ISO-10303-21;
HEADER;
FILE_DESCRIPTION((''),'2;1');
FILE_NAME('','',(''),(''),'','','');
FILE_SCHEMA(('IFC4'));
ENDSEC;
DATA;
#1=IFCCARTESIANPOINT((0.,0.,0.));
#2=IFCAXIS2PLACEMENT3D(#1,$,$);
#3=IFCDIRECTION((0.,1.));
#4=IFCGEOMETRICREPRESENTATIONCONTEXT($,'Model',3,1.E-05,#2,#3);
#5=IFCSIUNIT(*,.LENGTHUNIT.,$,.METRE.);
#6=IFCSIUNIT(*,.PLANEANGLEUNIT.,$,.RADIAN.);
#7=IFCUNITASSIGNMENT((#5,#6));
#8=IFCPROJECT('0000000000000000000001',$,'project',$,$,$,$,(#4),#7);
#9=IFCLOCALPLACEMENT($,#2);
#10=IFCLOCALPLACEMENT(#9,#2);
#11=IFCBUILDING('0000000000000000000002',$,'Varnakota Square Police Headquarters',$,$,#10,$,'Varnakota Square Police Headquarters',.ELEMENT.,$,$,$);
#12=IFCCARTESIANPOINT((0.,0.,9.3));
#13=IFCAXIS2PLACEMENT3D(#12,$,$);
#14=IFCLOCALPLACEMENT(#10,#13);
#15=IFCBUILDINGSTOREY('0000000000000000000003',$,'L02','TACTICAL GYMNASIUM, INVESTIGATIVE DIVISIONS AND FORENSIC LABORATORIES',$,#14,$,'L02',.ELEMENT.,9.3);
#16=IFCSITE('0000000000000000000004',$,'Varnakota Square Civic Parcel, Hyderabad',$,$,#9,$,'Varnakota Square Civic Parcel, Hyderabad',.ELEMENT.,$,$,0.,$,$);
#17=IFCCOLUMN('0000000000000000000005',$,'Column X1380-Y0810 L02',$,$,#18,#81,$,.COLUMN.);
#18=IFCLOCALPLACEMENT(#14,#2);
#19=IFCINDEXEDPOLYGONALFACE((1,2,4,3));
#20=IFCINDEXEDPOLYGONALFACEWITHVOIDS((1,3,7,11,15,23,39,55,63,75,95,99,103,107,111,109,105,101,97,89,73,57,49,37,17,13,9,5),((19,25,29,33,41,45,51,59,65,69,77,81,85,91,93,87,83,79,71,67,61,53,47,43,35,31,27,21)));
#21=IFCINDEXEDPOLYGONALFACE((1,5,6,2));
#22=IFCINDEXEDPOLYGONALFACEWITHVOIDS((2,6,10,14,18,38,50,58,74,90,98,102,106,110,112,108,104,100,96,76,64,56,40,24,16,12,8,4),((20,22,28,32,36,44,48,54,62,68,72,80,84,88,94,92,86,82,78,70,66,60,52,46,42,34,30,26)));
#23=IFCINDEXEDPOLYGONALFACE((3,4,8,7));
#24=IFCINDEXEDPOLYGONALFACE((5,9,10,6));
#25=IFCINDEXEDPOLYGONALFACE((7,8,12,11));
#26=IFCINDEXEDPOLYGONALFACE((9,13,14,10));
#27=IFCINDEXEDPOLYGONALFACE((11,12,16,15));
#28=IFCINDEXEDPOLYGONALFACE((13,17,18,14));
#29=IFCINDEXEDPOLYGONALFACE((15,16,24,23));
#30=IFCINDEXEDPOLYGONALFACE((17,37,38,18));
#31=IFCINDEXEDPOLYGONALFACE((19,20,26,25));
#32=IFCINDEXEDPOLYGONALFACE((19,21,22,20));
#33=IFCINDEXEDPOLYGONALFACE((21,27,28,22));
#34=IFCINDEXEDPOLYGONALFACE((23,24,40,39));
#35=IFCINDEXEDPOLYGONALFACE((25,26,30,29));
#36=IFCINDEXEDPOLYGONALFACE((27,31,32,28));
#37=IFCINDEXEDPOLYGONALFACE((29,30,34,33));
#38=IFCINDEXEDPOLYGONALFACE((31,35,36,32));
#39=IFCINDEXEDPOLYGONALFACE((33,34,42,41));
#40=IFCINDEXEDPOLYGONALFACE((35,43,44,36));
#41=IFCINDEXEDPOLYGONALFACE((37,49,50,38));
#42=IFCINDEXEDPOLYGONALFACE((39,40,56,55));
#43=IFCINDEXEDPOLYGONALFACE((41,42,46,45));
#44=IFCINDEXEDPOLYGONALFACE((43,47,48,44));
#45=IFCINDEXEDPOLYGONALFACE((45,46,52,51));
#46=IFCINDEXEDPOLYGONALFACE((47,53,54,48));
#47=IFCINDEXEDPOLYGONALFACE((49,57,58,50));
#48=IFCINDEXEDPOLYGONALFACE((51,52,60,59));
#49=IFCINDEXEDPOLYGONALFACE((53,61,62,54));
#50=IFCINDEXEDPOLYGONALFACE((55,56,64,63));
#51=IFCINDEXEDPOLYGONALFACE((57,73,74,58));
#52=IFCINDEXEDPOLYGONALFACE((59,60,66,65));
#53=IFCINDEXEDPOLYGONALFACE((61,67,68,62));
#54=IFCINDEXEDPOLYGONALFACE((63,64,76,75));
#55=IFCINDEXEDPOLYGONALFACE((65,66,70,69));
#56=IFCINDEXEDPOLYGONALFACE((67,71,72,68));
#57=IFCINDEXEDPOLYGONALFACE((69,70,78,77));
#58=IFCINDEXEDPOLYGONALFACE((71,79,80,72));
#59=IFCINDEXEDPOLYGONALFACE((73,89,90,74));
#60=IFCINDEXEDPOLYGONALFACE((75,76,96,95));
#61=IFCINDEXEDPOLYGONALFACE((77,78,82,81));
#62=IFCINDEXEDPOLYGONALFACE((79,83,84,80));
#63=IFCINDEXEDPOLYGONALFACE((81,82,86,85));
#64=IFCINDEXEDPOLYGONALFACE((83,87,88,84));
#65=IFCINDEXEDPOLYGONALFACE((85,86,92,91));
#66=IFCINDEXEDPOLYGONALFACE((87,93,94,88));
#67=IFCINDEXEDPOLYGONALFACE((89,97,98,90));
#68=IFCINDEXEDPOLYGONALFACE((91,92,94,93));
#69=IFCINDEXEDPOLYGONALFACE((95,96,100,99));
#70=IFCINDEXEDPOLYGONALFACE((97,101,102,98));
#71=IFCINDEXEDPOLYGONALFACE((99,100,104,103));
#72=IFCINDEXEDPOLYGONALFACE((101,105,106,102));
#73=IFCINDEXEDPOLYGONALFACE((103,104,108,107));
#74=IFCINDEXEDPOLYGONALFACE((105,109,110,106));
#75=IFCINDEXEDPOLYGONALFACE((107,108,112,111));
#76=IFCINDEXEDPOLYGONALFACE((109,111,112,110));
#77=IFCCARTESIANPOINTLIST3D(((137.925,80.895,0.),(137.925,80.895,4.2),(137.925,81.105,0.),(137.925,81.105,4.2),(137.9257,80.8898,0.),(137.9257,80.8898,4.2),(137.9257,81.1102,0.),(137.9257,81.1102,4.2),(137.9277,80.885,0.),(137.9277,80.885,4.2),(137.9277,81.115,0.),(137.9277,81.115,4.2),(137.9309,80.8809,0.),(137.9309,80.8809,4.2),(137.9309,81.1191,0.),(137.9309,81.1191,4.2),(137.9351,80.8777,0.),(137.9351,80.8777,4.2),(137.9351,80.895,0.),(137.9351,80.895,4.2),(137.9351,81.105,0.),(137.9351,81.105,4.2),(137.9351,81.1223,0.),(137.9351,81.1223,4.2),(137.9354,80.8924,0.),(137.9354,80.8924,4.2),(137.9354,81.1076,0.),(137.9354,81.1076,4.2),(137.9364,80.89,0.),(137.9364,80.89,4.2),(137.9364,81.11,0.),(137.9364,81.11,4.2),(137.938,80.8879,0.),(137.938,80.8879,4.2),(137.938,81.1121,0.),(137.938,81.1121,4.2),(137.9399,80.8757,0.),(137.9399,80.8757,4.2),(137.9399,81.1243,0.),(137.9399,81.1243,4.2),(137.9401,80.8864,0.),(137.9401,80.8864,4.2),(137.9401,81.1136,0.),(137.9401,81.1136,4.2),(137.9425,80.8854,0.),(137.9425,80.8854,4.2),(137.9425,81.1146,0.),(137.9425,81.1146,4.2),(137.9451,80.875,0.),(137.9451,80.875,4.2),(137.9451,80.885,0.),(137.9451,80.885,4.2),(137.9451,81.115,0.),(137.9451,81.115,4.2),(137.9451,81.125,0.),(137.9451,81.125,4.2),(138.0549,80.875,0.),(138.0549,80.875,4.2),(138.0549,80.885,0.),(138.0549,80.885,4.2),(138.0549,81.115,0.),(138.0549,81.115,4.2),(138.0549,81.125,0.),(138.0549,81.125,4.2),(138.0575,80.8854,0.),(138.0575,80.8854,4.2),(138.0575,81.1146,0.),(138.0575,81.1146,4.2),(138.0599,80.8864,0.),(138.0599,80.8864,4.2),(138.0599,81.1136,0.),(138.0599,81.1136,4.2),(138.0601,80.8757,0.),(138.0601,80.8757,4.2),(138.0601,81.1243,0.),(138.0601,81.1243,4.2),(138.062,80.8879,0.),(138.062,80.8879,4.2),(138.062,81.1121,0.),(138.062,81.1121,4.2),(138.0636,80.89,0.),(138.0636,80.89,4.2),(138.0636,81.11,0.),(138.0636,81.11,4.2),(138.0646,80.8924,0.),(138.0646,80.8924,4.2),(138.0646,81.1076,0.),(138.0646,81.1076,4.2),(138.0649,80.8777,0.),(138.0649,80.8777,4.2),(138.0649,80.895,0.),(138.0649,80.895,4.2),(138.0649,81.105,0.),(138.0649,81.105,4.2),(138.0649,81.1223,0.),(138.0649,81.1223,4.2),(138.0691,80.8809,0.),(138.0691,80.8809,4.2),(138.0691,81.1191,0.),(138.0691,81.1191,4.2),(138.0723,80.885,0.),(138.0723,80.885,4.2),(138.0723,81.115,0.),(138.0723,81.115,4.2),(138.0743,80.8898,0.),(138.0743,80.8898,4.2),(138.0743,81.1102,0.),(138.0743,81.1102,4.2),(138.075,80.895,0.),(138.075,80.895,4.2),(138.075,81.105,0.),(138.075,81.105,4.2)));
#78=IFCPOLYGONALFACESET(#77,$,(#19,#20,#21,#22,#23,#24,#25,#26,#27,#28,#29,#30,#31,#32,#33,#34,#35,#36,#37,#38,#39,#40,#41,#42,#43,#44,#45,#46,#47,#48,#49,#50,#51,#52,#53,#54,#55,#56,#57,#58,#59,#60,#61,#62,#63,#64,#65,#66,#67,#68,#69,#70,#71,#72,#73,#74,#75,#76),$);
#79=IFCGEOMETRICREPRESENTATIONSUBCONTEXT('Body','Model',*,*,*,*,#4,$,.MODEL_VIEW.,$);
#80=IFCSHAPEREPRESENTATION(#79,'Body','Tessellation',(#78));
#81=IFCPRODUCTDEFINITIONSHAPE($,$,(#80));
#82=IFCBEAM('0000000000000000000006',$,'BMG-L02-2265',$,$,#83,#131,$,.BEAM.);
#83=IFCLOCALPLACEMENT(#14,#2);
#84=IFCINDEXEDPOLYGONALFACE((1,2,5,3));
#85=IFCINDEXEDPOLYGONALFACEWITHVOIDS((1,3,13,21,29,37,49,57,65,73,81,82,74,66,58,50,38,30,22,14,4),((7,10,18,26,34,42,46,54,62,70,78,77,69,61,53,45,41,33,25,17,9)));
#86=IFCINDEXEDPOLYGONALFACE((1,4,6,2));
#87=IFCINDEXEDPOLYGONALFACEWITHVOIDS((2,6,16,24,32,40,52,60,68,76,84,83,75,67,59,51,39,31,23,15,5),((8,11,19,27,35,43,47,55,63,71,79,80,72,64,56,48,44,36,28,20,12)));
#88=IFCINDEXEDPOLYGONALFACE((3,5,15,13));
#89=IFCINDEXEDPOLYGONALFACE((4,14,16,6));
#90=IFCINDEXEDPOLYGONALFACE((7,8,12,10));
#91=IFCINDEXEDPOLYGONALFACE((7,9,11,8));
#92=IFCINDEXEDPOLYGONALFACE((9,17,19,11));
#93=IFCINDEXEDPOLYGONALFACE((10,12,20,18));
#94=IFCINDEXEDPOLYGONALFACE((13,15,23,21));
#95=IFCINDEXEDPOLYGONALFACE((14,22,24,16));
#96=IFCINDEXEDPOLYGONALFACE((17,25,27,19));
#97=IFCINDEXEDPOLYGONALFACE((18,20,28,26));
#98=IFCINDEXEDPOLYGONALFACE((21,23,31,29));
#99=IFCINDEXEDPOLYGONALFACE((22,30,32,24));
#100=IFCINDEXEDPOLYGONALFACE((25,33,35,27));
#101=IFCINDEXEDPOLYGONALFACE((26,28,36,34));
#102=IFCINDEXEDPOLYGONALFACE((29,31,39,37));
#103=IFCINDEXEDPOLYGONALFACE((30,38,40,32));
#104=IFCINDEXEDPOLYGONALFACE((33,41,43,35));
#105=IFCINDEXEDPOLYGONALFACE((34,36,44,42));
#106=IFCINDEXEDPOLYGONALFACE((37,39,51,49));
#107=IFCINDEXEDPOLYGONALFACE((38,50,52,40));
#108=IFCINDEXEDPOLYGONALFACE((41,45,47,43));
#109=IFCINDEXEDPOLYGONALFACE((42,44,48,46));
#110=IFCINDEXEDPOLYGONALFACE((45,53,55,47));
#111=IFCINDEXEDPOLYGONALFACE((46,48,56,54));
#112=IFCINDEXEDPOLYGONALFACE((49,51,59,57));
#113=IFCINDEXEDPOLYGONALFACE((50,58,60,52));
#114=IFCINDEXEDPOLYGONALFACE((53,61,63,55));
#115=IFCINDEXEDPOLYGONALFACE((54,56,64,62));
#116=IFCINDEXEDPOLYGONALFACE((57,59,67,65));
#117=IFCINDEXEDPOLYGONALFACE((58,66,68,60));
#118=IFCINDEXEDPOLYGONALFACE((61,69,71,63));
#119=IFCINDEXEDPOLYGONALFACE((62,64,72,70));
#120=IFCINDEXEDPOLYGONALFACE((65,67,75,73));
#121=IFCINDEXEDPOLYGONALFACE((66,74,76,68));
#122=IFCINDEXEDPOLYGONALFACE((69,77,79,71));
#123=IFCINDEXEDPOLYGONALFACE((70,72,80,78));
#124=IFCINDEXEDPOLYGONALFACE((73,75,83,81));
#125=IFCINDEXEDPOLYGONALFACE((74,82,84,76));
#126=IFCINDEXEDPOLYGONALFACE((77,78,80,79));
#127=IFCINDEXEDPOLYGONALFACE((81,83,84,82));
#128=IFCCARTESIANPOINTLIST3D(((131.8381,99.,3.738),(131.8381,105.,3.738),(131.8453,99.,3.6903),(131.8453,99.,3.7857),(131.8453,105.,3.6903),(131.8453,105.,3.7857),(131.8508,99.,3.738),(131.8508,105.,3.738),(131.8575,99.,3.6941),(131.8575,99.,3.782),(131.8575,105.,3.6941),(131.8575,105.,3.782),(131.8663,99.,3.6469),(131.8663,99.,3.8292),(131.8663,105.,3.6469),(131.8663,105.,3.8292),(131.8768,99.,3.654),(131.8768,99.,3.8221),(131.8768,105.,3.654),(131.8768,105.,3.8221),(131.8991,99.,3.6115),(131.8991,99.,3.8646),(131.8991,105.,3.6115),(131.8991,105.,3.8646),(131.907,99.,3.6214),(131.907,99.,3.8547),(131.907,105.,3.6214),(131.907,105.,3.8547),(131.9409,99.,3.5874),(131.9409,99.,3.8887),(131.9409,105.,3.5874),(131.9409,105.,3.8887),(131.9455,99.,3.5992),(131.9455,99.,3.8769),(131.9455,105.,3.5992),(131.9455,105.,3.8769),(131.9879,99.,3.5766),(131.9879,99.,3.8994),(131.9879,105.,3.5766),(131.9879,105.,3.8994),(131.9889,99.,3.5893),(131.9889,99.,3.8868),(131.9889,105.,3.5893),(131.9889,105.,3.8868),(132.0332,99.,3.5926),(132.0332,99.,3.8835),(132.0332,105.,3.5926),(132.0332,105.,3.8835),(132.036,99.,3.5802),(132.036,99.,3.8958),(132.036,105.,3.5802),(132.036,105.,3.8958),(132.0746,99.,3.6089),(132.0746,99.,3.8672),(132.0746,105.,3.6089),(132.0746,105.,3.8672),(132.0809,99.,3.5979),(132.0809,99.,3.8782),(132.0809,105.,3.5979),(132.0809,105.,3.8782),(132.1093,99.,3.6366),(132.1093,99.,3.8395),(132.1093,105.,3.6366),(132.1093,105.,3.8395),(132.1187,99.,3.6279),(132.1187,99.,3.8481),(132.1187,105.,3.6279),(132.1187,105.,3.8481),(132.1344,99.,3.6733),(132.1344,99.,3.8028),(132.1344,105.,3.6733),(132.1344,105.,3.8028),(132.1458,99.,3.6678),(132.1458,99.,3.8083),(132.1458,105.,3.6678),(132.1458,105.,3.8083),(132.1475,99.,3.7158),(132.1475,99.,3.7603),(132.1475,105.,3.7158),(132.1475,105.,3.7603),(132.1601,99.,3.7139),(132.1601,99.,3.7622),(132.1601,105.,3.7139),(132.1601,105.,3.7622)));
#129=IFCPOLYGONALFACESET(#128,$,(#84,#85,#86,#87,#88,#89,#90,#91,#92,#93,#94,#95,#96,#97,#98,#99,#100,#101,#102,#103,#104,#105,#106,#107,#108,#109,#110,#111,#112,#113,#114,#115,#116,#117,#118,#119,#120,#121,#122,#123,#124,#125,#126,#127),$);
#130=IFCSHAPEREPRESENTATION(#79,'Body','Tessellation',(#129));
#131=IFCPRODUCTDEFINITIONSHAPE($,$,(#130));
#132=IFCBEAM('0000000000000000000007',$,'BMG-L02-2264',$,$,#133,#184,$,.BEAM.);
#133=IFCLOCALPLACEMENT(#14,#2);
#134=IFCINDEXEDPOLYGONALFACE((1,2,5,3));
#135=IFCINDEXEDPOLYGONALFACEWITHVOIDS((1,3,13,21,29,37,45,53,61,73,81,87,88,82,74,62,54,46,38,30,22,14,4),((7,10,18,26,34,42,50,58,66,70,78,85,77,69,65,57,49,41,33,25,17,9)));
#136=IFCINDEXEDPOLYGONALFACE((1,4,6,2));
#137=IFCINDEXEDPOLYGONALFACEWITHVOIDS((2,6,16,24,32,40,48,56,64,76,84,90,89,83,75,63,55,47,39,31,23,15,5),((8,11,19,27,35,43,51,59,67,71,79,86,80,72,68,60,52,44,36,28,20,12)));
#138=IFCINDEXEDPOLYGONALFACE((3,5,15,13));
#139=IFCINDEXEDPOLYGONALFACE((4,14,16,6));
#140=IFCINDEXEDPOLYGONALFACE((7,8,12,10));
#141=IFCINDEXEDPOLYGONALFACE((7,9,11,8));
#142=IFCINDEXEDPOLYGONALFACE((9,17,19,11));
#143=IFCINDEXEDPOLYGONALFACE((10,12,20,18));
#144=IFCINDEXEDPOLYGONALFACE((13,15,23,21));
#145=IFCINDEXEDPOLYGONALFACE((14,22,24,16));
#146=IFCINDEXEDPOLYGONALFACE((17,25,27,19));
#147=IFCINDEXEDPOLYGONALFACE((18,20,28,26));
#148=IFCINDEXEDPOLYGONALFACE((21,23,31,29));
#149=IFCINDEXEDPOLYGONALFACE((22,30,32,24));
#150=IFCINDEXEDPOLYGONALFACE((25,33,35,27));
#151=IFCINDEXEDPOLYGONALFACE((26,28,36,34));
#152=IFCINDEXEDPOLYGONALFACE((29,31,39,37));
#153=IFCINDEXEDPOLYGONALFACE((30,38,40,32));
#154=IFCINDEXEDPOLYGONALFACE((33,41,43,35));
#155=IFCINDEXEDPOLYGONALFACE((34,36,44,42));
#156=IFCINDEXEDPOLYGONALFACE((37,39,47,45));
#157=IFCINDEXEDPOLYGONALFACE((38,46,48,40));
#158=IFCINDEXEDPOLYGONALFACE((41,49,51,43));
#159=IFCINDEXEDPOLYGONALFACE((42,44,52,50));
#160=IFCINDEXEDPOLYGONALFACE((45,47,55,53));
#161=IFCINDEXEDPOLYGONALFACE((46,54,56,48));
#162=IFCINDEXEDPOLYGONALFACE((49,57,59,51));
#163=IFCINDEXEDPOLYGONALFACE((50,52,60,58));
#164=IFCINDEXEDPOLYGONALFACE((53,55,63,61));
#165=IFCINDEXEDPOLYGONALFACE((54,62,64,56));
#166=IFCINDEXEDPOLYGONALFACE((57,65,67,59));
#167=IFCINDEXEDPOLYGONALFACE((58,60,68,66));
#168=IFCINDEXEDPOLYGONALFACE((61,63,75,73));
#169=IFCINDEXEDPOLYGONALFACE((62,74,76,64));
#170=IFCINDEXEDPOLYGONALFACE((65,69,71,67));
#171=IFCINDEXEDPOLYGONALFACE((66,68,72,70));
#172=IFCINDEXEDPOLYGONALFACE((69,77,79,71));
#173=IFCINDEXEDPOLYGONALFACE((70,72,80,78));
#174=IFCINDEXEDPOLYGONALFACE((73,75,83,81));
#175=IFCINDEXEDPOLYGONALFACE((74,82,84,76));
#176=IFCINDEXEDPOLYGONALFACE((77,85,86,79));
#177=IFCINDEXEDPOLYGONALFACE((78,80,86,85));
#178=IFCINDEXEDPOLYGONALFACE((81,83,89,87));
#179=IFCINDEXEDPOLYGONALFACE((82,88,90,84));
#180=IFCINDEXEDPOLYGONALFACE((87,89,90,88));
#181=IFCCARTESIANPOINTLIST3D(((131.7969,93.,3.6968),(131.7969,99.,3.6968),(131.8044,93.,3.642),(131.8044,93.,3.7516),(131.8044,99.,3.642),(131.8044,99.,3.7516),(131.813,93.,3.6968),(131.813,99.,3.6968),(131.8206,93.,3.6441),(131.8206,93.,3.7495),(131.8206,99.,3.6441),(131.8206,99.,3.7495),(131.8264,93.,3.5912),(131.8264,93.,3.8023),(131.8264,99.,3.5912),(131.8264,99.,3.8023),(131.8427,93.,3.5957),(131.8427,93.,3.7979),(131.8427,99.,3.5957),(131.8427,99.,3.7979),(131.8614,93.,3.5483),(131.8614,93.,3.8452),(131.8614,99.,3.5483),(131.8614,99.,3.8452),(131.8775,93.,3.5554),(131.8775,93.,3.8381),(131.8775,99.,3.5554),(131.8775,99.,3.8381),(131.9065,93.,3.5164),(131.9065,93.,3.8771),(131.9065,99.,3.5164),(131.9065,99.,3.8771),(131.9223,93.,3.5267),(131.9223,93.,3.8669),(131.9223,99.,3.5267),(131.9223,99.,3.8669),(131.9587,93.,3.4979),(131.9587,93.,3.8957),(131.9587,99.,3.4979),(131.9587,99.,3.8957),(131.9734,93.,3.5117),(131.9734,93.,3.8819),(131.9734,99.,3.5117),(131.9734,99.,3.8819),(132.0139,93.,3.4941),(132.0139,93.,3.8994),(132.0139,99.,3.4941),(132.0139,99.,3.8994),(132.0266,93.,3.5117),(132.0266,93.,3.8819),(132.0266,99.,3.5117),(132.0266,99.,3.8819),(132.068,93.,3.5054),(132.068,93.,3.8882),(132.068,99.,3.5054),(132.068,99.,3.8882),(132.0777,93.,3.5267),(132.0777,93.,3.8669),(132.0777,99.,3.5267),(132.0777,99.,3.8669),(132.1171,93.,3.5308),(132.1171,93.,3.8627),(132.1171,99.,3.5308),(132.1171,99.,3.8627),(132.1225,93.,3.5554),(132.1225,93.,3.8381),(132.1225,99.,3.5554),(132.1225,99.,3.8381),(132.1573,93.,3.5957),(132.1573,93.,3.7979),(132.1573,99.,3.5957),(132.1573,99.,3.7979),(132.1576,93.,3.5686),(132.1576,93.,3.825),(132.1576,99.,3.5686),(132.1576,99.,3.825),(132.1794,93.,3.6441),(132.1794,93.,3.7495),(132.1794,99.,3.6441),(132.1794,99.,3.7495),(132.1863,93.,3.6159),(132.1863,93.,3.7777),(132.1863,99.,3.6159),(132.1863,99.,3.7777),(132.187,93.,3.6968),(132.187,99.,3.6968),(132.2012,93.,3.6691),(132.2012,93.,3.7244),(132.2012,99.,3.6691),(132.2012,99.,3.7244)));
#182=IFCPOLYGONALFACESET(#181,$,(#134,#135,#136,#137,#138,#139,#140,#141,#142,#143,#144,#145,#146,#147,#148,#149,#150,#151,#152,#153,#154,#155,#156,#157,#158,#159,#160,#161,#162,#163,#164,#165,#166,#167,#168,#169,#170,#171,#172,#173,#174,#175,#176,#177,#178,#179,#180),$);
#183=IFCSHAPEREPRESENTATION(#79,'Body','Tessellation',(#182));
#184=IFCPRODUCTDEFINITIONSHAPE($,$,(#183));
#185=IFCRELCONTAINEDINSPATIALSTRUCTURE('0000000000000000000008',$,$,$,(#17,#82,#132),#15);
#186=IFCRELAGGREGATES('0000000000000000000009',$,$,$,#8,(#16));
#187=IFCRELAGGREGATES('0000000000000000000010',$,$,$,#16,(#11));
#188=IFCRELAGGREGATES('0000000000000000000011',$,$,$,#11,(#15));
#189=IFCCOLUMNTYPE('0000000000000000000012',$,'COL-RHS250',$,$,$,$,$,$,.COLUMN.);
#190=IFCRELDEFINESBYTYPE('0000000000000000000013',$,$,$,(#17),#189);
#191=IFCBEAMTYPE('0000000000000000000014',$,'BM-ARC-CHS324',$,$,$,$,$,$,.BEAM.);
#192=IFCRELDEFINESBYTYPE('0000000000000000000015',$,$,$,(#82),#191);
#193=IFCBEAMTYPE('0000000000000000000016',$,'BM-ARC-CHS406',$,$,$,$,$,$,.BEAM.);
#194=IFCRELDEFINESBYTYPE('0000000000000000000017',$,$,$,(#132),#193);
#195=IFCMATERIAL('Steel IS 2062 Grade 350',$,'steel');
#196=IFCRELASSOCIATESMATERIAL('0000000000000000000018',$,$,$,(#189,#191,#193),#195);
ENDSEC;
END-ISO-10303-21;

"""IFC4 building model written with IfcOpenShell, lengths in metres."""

from ifc_helpers import new_model, si_unit, direction, frame, origin, origin_2d, place, context, subcontext, project, spatial, hollow_rectangle, hollow_circle, extrude, material, material_profile, profile_set, type_object, element, save


model = new_model("IFC4")

# Units and contexts
model_context = context("Model", 3, precision=1e-05, world=origin(), true_north=direction((0.0, 1.0)))
body_context = subcontext(model_context, "Body", "Model", "MODEL_VIEW")
ifc_project = project(units=[si_unit("LENGTHUNIT", "METRE"), si_unit("PLANEANGLEUNIT", "RADIAN")], contexts=[model_context])

# Site, building, storey
site_placement = place(None, origin())
site = spatial("IfcSite", under=ifc_project, at=site_placement, Name="Varnakota Square Civic Parcel, Hyderabad", LongName="Varnakota Square Civic Parcel, Hyderabad", CompositionType="ELEMENT", RefElevation=0.0)
building_placement = place(site_placement, origin())
building = spatial("IfcBuilding", under=site, at=building_placement, Name="Varnakota Square Police Headquarters", LongName="Varnakota Square Police Headquarters", CompositionType="ELEMENT")
storey_placement = place(building_placement, frame((0.0, 0.0, 9.3)))
storey = spatial("IfcBuildingStorey", under=building, at=storey_placement, Name="L02", Description="TACTICAL GYMNASIUM, INVESTIGATIVE DIVISIONS AND FORENSIC LABORATORIES", LongName="L02", CompositionType="ELEMENT", Elevation=9.3)

# Column
ifc_material_1 = material(Name="Steel IS 2062 Grade 350", Category="steel")
ifc_material_profile_1 = material_profile(ifc_material_1, hollow_rectangle(XDim=0.1499, YDim=0.25, WallThickness=0.01, InnerFilletRadius=0.01, OuterFilletRadius=0.02, at=origin_2d()), Name="RHS 250x150x10")
ifc_profile_set_1 = profile_set([ifc_material_profile_1], Name="Steel IS 2062 Grade 350")
column_type_1 = type_object("IfcColumnType", Name="COL-RHS250", PredefinedType="COLUMN", material=ifc_profile_set_1)
column_placement = place(storey_placement, frame((138.0, 81.0, 0.0), z_axis=(0.0, 0.0, 1.0), x_axis=(1.0, 0.0, 0.0)))
element("IfcColumn", 1, at=column_placement, inside=storey, type_object=column_type_1, Name="Column X1380-Y0810 L02", PredefinedType="COLUMN", context=body_context, shape_type="SweptSolid", body=[
    extrude(hollow_rectangle(XDim=0.1499, YDim=0.25, WallThickness=0.01, InnerFilletRadius=0.01, OuterFilletRadius=0.02, at=origin_2d()), origin(), (0.0, 0.0, 1.0), 4.2),
])

# Beams
ifc_material_profile_2 = material_profile(ifc_material_1, hollow_circle(Radius=0.1619, WallThickness=0.0127, at=origin_2d()), Name="CHS 323.9x12.7")
ifc_profile_set_2 = profile_set([ifc_material_profile_2], Name="Steel IS 2062 Grade 350")
beam_type_1 = type_object("IfcBeamType", Name="BM-ARC-CHS324", PredefinedType="BEAM", material=ifc_profile_set_2)
beam_1_placement = place(storey_placement, frame((132.0, 99.0, 3.738), z_axis=(0.0, 1.0, 0.0), x_axis=(-1.0, 0.0, 0.0)))
element("IfcBeam", 2, at=beam_1_placement, inside=storey, type_object=beam_type_1, Name="BMG-L02-2265", PredefinedType="BEAM", context=body_context, shape_type="SweptSolid", body=[
    extrude(hollow_circle(Radius=0.1619, WallThickness=0.0127, at=origin_2d()), origin(), (0.0, 0.0, 1.0), 6.0),
])
ifc_material_profile_3 = material_profile(ifc_material_1, hollow_circle(Radius=0.2031, WallThickness=0.0161, at=origin_2d()), Name="CHS 406.4x16.0")
ifc_profile_set_3 = profile_set([ifc_material_profile_3], Name="Steel IS 2062 Grade 350")
beam_type_2 = type_object("IfcBeamType", Name="BM-ARC-CHS406", PredefinedType="BEAM", material=ifc_profile_set_3)
for number, where, z_axis, x_axis, name in (
    (3, (132.0, 93.0, 3.6968), (0.0, 1.0, 0.0), (-1.0, 0.0, 0.0), "BMG-L02-2264"),
):
    element("IfcBeam", number, at=place(storey_placement, frame(where, z_axis=z_axis, x_axis=x_axis)), inside=storey, type_object=beam_type_2, Name=name, PredefinedType="BEAM", context=body_context, shape_type="SweptSolid", body=[
        extrude(hollow_circle(Radius=0.2031, WallThickness=0.0161, at=origin_2d()), origin(), (0.0, 0.0, 1.0), 6.0),
    ])

save(model, "model.ifc")
